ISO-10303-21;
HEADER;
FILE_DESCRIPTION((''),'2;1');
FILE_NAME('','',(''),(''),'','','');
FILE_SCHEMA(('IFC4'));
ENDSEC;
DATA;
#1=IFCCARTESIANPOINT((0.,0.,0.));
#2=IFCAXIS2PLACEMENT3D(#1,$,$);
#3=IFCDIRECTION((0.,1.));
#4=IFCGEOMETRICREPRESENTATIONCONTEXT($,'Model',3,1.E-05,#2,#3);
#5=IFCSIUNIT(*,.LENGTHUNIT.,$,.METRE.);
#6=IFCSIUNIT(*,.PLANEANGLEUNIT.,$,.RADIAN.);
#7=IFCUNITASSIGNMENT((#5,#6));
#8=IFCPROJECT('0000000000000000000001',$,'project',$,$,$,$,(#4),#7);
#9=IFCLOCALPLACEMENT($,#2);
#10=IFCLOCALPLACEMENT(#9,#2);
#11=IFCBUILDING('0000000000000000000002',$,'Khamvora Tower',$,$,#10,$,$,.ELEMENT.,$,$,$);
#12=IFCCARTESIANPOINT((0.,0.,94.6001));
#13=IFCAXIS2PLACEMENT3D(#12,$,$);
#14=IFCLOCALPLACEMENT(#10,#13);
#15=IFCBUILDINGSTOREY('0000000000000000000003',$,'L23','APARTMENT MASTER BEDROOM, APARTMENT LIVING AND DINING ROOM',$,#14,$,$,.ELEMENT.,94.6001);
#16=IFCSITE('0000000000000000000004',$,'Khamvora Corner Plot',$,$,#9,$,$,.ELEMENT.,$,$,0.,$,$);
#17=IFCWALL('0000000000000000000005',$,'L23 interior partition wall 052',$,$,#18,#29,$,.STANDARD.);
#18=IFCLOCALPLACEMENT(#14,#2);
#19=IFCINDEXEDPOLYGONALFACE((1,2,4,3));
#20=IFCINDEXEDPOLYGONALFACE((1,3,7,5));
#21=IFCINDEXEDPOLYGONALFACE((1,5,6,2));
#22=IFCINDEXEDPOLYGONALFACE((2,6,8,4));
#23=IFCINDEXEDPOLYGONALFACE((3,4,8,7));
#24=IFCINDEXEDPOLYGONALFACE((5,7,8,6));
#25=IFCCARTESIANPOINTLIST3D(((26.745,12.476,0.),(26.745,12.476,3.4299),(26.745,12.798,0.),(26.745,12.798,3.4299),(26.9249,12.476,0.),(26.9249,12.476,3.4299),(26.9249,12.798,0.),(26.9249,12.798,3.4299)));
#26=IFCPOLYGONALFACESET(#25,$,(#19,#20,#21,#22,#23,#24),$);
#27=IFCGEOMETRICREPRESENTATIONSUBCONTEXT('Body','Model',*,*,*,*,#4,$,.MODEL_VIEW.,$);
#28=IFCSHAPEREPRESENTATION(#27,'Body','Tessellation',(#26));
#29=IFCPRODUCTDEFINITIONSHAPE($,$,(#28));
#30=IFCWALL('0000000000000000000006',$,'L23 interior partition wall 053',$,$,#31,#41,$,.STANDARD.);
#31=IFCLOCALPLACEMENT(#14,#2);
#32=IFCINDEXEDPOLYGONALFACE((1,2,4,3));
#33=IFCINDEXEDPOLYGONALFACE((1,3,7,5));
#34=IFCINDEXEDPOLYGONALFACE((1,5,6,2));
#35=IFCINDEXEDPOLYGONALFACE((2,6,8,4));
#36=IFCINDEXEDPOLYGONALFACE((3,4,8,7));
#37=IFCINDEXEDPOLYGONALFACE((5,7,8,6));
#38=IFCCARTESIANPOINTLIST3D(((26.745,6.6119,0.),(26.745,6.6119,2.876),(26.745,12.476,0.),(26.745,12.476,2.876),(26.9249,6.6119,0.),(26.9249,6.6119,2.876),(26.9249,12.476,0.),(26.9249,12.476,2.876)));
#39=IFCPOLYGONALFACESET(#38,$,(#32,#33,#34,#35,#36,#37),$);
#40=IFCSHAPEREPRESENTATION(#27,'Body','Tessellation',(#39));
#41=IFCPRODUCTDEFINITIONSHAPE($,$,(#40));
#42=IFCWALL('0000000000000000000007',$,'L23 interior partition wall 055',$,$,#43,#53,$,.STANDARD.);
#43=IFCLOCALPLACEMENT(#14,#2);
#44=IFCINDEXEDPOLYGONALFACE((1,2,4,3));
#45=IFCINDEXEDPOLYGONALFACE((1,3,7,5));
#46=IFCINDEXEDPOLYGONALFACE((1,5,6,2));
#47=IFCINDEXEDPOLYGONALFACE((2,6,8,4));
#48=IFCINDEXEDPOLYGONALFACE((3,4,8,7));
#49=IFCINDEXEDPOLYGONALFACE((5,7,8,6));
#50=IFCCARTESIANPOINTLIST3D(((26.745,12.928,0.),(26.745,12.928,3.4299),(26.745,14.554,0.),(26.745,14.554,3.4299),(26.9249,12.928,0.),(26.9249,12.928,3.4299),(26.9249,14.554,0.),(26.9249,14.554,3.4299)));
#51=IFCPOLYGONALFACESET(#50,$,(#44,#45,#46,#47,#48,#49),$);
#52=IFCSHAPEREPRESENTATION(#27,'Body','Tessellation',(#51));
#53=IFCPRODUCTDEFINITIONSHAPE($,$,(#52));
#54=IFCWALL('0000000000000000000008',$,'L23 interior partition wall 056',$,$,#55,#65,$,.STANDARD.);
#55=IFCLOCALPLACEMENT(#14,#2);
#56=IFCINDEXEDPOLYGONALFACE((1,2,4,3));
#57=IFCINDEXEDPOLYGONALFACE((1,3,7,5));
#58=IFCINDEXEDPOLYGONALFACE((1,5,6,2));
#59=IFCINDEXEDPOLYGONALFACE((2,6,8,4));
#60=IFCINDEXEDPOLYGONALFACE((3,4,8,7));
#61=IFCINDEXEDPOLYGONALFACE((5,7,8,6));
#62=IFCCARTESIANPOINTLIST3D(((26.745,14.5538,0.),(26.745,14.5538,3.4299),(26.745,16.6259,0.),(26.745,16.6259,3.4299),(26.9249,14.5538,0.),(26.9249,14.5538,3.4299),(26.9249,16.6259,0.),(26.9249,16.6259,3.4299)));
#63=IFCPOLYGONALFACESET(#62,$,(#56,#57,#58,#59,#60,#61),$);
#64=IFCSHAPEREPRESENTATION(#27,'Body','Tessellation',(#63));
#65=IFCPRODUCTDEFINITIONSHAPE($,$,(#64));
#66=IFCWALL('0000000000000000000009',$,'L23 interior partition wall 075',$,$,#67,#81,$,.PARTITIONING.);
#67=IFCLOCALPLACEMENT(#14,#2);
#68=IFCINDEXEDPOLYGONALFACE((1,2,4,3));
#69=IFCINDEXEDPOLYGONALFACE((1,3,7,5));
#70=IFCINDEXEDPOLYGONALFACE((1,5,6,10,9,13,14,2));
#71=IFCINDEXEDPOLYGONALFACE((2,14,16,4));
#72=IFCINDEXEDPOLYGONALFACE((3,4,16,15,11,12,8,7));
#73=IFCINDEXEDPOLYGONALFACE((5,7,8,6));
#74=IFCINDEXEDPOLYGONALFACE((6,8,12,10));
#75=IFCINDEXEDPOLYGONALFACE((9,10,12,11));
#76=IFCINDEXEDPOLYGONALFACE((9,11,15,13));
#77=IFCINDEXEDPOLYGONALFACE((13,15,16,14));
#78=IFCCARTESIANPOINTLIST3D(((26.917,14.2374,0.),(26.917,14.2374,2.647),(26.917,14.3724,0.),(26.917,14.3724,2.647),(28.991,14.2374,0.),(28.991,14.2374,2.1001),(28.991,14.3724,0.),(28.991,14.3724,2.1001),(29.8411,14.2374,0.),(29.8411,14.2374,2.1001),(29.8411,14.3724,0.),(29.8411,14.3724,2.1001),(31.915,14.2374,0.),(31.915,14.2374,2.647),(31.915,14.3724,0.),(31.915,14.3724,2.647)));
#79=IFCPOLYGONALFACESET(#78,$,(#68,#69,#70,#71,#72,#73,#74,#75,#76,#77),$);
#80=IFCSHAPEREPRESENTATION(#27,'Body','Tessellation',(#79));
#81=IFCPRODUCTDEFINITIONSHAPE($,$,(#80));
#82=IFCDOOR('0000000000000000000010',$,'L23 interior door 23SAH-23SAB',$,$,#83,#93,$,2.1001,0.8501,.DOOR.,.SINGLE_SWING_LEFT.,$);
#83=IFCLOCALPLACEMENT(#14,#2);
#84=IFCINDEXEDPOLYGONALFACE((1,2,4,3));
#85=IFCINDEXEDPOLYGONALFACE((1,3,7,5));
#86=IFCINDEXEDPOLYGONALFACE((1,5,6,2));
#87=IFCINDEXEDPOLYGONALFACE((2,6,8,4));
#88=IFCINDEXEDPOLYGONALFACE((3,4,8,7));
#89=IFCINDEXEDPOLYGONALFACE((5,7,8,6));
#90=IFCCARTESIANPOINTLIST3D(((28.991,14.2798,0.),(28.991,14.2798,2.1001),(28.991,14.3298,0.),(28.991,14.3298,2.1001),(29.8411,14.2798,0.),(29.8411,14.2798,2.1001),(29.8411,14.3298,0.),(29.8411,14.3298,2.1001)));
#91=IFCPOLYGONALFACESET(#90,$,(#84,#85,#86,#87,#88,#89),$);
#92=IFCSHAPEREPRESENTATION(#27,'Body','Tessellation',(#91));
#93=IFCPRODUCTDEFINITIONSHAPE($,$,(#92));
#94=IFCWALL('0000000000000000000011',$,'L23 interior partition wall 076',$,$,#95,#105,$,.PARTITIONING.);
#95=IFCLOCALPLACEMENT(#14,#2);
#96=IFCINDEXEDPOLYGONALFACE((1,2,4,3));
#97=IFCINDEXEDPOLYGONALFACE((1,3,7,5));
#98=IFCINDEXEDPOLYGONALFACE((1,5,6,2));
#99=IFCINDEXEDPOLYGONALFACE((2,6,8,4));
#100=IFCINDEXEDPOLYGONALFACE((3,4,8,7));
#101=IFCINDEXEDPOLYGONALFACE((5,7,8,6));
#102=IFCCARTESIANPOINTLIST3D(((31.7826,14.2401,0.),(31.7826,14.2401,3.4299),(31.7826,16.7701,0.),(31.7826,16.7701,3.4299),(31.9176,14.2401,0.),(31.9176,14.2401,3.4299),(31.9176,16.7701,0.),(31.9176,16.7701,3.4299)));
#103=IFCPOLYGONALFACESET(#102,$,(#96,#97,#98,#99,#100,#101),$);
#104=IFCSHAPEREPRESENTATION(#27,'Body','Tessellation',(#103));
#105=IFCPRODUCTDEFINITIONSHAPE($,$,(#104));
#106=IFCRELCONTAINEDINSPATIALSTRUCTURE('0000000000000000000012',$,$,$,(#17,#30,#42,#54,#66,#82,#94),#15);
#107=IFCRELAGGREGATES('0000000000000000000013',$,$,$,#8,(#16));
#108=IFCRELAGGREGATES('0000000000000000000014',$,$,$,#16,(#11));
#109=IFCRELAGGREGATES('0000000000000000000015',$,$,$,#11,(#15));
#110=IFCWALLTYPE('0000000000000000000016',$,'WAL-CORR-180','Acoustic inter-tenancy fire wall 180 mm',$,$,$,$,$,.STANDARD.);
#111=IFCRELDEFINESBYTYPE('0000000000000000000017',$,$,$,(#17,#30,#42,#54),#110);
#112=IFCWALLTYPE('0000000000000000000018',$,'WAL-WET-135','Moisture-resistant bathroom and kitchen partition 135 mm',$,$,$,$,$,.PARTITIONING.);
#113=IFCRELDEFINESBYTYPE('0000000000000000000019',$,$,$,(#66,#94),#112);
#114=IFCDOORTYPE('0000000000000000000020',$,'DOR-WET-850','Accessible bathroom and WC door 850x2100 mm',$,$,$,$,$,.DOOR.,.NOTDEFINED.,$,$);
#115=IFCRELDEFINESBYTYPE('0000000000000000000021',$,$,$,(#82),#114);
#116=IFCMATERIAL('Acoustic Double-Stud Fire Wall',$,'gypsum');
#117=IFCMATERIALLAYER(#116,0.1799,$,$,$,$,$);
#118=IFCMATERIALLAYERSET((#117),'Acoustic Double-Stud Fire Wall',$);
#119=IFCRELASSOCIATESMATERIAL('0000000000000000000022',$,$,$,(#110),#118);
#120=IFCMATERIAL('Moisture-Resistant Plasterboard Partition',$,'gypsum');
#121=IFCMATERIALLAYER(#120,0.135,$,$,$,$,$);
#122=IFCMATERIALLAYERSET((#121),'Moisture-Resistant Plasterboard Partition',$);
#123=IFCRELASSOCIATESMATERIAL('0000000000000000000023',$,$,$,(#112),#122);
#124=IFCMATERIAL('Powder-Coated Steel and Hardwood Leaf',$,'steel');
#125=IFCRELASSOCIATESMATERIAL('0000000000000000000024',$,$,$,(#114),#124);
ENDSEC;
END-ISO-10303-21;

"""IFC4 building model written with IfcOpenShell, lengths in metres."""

from ifc_helpers import new_model, si_unit, direction, frame, frame_2d, origin, place, context, subcontext, project, spatial, rectangle, extrude, material, layer, layer_set, type_object, element, fill, save


model = new_model("IFC4")

# Units and contexts
model_context = context("Model", 3, precision=1e-05, world=origin(), true_north=direction((0.0, 1.0)))
body_context = subcontext(model_context, "Body", "Model", "MODEL_VIEW")
ifc_project = project(units=[si_unit("LENGTHUNIT", "METRE"), si_unit("PLANEANGLEUNIT", "RADIAN")], contexts=[model_context])

# Site, building, storey
site_placement = place(None, origin())
site = spatial("IfcSite", under=ifc_project, at=site_placement, Name="Khamvora Corner Plot", CompositionType="ELEMENT", RefElevation=0.0)
building_placement = place(site_placement, origin())
building = spatial("IfcBuilding", under=site, at=building_placement, Name="Khamvora Tower", CompositionType="ELEMENT")
storey_placement = place(building_placement, frame((0.0, 0.0, 94.6001)))
storey = spatial("IfcBuildingStorey", under=building, at=storey_placement, Name="L23", Description="APARTMENT MASTER BEDROOM, APARTMENT LIVING AND DINING ROOM", CompositionType="ELEMENT", Elevation=94.6001)

# Walls
ifc_material_1 = material(Name="Acoustic Double-Stud Fire Wall", Category="gypsum")
ifc_layer_1 = layer(ifc_material_1, 0.1799)
ifc_layer_set_1 = layer_set([ifc_layer_1], Name="Acoustic Double-Stud Fire Wall")
wall_type_1 = type_object("IfcWallType", Name="WAL-CORR-180", Description="Acoustic inter-tenancy fire wall 180 mm", PredefinedType="STANDARD", material=ifc_layer_set_1)
wall_1_placement = place(storey_placement, frame((26.835, 12.7981, 0.0), z_axis=(0.0, 0.0, 1.0), x_axis=(0.0, -1.0, 0.0)))
element("IfcWall", 1, at=wall_1_placement, inside=storey, type_object=wall_type_1, Name="L23 interior partition wall 052", PredefinedType="STANDARD", context=body_context, shape_type="SweptSolid", body=[
    extrude(rectangle(XDim=0.322, YDim=0.1799, at=frame_2d((0.1611, 0.0))), origin(), (0.0, 0.0, 1.0), 3.4299),
])
wall_2_placement = place(storey_placement, frame((26.835, 12.4761, 0.0), z_axis=(0.0, 0.0, 1.0), x_axis=(0.0, -1.0, 0.0)))
element("IfcWall", 2, at=wall_2_placement, inside=storey, type_object=wall_type_1, Name="L23 interior partition wall 053", PredefinedType="STANDARD", context=body_context, shape_type="SweptSolid", body=[
    extrude(rectangle(XDim=5.864, YDim=0.1799, at=frame_2d((2.9321, 0.0))), origin(), (0.0, 0.0, 1.0), 2.876),
])
wall_3_placement = place(storey_placement, frame((26.835, 14.554, 0.0), z_axis=(0.0, 0.0, 1.0), x_axis=(0.0, -1.0, 0.0)))
element("IfcWall", 3, at=wall_3_placement, inside=storey, type_object=wall_type_1, Name="L23 interior partition wall 055", PredefinedType="STANDARD", context=body_context, shape_type="SweptSolid", body=[
    extrude(rectangle(XDim=1.626, YDim=0.1799, at=frame_2d((0.813, 0.0))), origin(), (0.0, 0.0, 1.0), 3.4299),
])
wall_4_placement = place(storey_placement, frame((26.835, 16.626, 0.0), z_axis=(0.0, 0.0, 1.0), x_axis=(0.0, -1.0, 0.0)))
element("IfcWall", 4, at=wall_4_placement, inside=storey, type_object=wall_type_1, Name="L23 interior partition wall 056", PredefinedType="STANDARD", context=body_context, shape_type="SweptSolid", body=[
    extrude(rectangle(XDim=2.072, YDim=0.1799, at=frame_2d((1.0361, 0.0))), origin(), (0.0, 0.0, 1.0), 3.4299),
])

# Wall, opening, door
ifc_material_2 = material(Name="Moisture-Resistant Plasterboard Partition", Category="gypsum")
ifc_layer_2 = layer(ifc_material_2, 0.135)
ifc_layer_set_2 = layer_set([ifc_layer_2], Name="Moisture-Resistant Plasterboard Partition")
wall_type_2 = type_object("IfcWallType", Name="WAL-WET-135", Description="Moisture-resistant bathroom and kitchen partition 135 mm", PredefinedType="PARTITIONING", material=ifc_layer_set_2)
wall_5_placement = place(storey_placement, frame((26.917, 14.3049, 0.0), z_axis=(0.0, 0.0, 1.0), x_axis=(1.0, 0.0, 0.0)))
wall_5 = element("IfcWall", 5, at=wall_5_placement, inside=storey, type_object=wall_type_2, Name="L23 interior partition wall 075", PredefinedType="PARTITIONING", context=body_context, shape_type="SweptSolid", body=[
    extrude(rectangle(XDim=4.998, YDim=0.135, at=frame_2d((2.499, 0.0))), origin(), (0.0, 0.0, 1.0), 2.647),
])
opening_placement = place(wall_5_placement, frame((2.074, 0.0, 0.0)))
opening = element("IfcOpeningElement", 6, at=opening_placement, cuts=wall_5, PredefinedType="OPENING", context=body_context, shape_type="SweptSolid", body=[
    extrude(rectangle(XDim=0.8501, YDim=2.1001, at=frame_2d((0.425, 1.05))), frame((0.0, 0.0774, 0.0), z_axis=(0.0, -1.0, 0.0), x_axis=(1.0, 0.0, 0.0)), (0.0, 0.0, 1.0), 0.155),
])
ifc_material_3 = material(Name="Powder-Coated Steel and Hardwood Leaf", Category="steel")
door_type = type_object("IfcDoorType", Name="DOR-WET-850", Description="Accessible bathroom and WC door 850x2100 mm", OperationType="NOTDEFINED", PredefinedType="DOOR", material=ifc_material_3)
door_placement = place(opening_placement, origin())
door = element("IfcDoor", 7, at=door_placement, inside=storey, type_object=door_type, Name="L23 interior door 23SAH-23SAB", OperationType="SINGLE_SWING_LEFT", OverallHeight=2.1001, OverallWidth=0.8501, PredefinedType="DOOR", context=body_context, shape_type="SweptSolid", body=[
    extrude(rectangle(XDim=0.8501, YDim=2.1001, at=frame_2d((0.425, 1.05))), frame((0.0, 0.0249, 0.0), z_axis=(0.0, -1.0, 0.0), x_axis=(1.0, 0.0, 0.0)), (0.0, 0.0, 1.0), 0.05),
])
fill(opening, door)

# Wall
wall_6_placement = place(storey_placement, frame((31.8501, 14.24, 0.0), z_axis=(0.0, 0.0, 1.0), x_axis=(0.0, 1.0, 0.0)))
element("IfcWall", 8, at=wall_6_placement, inside=storey, type_object=wall_type_2, Name="L23 interior partition wall 076", PredefinedType="PARTITIONING", context=body_context, shape_type="SweptSolid", body=[
    extrude(rectangle(XDim=2.53, YDim=0.135, at=frame_2d((1.2651, 0.0))), origin(), (0.0, 0.0, 1.0), 3.4299),
])

save(model, "model.ifc")
